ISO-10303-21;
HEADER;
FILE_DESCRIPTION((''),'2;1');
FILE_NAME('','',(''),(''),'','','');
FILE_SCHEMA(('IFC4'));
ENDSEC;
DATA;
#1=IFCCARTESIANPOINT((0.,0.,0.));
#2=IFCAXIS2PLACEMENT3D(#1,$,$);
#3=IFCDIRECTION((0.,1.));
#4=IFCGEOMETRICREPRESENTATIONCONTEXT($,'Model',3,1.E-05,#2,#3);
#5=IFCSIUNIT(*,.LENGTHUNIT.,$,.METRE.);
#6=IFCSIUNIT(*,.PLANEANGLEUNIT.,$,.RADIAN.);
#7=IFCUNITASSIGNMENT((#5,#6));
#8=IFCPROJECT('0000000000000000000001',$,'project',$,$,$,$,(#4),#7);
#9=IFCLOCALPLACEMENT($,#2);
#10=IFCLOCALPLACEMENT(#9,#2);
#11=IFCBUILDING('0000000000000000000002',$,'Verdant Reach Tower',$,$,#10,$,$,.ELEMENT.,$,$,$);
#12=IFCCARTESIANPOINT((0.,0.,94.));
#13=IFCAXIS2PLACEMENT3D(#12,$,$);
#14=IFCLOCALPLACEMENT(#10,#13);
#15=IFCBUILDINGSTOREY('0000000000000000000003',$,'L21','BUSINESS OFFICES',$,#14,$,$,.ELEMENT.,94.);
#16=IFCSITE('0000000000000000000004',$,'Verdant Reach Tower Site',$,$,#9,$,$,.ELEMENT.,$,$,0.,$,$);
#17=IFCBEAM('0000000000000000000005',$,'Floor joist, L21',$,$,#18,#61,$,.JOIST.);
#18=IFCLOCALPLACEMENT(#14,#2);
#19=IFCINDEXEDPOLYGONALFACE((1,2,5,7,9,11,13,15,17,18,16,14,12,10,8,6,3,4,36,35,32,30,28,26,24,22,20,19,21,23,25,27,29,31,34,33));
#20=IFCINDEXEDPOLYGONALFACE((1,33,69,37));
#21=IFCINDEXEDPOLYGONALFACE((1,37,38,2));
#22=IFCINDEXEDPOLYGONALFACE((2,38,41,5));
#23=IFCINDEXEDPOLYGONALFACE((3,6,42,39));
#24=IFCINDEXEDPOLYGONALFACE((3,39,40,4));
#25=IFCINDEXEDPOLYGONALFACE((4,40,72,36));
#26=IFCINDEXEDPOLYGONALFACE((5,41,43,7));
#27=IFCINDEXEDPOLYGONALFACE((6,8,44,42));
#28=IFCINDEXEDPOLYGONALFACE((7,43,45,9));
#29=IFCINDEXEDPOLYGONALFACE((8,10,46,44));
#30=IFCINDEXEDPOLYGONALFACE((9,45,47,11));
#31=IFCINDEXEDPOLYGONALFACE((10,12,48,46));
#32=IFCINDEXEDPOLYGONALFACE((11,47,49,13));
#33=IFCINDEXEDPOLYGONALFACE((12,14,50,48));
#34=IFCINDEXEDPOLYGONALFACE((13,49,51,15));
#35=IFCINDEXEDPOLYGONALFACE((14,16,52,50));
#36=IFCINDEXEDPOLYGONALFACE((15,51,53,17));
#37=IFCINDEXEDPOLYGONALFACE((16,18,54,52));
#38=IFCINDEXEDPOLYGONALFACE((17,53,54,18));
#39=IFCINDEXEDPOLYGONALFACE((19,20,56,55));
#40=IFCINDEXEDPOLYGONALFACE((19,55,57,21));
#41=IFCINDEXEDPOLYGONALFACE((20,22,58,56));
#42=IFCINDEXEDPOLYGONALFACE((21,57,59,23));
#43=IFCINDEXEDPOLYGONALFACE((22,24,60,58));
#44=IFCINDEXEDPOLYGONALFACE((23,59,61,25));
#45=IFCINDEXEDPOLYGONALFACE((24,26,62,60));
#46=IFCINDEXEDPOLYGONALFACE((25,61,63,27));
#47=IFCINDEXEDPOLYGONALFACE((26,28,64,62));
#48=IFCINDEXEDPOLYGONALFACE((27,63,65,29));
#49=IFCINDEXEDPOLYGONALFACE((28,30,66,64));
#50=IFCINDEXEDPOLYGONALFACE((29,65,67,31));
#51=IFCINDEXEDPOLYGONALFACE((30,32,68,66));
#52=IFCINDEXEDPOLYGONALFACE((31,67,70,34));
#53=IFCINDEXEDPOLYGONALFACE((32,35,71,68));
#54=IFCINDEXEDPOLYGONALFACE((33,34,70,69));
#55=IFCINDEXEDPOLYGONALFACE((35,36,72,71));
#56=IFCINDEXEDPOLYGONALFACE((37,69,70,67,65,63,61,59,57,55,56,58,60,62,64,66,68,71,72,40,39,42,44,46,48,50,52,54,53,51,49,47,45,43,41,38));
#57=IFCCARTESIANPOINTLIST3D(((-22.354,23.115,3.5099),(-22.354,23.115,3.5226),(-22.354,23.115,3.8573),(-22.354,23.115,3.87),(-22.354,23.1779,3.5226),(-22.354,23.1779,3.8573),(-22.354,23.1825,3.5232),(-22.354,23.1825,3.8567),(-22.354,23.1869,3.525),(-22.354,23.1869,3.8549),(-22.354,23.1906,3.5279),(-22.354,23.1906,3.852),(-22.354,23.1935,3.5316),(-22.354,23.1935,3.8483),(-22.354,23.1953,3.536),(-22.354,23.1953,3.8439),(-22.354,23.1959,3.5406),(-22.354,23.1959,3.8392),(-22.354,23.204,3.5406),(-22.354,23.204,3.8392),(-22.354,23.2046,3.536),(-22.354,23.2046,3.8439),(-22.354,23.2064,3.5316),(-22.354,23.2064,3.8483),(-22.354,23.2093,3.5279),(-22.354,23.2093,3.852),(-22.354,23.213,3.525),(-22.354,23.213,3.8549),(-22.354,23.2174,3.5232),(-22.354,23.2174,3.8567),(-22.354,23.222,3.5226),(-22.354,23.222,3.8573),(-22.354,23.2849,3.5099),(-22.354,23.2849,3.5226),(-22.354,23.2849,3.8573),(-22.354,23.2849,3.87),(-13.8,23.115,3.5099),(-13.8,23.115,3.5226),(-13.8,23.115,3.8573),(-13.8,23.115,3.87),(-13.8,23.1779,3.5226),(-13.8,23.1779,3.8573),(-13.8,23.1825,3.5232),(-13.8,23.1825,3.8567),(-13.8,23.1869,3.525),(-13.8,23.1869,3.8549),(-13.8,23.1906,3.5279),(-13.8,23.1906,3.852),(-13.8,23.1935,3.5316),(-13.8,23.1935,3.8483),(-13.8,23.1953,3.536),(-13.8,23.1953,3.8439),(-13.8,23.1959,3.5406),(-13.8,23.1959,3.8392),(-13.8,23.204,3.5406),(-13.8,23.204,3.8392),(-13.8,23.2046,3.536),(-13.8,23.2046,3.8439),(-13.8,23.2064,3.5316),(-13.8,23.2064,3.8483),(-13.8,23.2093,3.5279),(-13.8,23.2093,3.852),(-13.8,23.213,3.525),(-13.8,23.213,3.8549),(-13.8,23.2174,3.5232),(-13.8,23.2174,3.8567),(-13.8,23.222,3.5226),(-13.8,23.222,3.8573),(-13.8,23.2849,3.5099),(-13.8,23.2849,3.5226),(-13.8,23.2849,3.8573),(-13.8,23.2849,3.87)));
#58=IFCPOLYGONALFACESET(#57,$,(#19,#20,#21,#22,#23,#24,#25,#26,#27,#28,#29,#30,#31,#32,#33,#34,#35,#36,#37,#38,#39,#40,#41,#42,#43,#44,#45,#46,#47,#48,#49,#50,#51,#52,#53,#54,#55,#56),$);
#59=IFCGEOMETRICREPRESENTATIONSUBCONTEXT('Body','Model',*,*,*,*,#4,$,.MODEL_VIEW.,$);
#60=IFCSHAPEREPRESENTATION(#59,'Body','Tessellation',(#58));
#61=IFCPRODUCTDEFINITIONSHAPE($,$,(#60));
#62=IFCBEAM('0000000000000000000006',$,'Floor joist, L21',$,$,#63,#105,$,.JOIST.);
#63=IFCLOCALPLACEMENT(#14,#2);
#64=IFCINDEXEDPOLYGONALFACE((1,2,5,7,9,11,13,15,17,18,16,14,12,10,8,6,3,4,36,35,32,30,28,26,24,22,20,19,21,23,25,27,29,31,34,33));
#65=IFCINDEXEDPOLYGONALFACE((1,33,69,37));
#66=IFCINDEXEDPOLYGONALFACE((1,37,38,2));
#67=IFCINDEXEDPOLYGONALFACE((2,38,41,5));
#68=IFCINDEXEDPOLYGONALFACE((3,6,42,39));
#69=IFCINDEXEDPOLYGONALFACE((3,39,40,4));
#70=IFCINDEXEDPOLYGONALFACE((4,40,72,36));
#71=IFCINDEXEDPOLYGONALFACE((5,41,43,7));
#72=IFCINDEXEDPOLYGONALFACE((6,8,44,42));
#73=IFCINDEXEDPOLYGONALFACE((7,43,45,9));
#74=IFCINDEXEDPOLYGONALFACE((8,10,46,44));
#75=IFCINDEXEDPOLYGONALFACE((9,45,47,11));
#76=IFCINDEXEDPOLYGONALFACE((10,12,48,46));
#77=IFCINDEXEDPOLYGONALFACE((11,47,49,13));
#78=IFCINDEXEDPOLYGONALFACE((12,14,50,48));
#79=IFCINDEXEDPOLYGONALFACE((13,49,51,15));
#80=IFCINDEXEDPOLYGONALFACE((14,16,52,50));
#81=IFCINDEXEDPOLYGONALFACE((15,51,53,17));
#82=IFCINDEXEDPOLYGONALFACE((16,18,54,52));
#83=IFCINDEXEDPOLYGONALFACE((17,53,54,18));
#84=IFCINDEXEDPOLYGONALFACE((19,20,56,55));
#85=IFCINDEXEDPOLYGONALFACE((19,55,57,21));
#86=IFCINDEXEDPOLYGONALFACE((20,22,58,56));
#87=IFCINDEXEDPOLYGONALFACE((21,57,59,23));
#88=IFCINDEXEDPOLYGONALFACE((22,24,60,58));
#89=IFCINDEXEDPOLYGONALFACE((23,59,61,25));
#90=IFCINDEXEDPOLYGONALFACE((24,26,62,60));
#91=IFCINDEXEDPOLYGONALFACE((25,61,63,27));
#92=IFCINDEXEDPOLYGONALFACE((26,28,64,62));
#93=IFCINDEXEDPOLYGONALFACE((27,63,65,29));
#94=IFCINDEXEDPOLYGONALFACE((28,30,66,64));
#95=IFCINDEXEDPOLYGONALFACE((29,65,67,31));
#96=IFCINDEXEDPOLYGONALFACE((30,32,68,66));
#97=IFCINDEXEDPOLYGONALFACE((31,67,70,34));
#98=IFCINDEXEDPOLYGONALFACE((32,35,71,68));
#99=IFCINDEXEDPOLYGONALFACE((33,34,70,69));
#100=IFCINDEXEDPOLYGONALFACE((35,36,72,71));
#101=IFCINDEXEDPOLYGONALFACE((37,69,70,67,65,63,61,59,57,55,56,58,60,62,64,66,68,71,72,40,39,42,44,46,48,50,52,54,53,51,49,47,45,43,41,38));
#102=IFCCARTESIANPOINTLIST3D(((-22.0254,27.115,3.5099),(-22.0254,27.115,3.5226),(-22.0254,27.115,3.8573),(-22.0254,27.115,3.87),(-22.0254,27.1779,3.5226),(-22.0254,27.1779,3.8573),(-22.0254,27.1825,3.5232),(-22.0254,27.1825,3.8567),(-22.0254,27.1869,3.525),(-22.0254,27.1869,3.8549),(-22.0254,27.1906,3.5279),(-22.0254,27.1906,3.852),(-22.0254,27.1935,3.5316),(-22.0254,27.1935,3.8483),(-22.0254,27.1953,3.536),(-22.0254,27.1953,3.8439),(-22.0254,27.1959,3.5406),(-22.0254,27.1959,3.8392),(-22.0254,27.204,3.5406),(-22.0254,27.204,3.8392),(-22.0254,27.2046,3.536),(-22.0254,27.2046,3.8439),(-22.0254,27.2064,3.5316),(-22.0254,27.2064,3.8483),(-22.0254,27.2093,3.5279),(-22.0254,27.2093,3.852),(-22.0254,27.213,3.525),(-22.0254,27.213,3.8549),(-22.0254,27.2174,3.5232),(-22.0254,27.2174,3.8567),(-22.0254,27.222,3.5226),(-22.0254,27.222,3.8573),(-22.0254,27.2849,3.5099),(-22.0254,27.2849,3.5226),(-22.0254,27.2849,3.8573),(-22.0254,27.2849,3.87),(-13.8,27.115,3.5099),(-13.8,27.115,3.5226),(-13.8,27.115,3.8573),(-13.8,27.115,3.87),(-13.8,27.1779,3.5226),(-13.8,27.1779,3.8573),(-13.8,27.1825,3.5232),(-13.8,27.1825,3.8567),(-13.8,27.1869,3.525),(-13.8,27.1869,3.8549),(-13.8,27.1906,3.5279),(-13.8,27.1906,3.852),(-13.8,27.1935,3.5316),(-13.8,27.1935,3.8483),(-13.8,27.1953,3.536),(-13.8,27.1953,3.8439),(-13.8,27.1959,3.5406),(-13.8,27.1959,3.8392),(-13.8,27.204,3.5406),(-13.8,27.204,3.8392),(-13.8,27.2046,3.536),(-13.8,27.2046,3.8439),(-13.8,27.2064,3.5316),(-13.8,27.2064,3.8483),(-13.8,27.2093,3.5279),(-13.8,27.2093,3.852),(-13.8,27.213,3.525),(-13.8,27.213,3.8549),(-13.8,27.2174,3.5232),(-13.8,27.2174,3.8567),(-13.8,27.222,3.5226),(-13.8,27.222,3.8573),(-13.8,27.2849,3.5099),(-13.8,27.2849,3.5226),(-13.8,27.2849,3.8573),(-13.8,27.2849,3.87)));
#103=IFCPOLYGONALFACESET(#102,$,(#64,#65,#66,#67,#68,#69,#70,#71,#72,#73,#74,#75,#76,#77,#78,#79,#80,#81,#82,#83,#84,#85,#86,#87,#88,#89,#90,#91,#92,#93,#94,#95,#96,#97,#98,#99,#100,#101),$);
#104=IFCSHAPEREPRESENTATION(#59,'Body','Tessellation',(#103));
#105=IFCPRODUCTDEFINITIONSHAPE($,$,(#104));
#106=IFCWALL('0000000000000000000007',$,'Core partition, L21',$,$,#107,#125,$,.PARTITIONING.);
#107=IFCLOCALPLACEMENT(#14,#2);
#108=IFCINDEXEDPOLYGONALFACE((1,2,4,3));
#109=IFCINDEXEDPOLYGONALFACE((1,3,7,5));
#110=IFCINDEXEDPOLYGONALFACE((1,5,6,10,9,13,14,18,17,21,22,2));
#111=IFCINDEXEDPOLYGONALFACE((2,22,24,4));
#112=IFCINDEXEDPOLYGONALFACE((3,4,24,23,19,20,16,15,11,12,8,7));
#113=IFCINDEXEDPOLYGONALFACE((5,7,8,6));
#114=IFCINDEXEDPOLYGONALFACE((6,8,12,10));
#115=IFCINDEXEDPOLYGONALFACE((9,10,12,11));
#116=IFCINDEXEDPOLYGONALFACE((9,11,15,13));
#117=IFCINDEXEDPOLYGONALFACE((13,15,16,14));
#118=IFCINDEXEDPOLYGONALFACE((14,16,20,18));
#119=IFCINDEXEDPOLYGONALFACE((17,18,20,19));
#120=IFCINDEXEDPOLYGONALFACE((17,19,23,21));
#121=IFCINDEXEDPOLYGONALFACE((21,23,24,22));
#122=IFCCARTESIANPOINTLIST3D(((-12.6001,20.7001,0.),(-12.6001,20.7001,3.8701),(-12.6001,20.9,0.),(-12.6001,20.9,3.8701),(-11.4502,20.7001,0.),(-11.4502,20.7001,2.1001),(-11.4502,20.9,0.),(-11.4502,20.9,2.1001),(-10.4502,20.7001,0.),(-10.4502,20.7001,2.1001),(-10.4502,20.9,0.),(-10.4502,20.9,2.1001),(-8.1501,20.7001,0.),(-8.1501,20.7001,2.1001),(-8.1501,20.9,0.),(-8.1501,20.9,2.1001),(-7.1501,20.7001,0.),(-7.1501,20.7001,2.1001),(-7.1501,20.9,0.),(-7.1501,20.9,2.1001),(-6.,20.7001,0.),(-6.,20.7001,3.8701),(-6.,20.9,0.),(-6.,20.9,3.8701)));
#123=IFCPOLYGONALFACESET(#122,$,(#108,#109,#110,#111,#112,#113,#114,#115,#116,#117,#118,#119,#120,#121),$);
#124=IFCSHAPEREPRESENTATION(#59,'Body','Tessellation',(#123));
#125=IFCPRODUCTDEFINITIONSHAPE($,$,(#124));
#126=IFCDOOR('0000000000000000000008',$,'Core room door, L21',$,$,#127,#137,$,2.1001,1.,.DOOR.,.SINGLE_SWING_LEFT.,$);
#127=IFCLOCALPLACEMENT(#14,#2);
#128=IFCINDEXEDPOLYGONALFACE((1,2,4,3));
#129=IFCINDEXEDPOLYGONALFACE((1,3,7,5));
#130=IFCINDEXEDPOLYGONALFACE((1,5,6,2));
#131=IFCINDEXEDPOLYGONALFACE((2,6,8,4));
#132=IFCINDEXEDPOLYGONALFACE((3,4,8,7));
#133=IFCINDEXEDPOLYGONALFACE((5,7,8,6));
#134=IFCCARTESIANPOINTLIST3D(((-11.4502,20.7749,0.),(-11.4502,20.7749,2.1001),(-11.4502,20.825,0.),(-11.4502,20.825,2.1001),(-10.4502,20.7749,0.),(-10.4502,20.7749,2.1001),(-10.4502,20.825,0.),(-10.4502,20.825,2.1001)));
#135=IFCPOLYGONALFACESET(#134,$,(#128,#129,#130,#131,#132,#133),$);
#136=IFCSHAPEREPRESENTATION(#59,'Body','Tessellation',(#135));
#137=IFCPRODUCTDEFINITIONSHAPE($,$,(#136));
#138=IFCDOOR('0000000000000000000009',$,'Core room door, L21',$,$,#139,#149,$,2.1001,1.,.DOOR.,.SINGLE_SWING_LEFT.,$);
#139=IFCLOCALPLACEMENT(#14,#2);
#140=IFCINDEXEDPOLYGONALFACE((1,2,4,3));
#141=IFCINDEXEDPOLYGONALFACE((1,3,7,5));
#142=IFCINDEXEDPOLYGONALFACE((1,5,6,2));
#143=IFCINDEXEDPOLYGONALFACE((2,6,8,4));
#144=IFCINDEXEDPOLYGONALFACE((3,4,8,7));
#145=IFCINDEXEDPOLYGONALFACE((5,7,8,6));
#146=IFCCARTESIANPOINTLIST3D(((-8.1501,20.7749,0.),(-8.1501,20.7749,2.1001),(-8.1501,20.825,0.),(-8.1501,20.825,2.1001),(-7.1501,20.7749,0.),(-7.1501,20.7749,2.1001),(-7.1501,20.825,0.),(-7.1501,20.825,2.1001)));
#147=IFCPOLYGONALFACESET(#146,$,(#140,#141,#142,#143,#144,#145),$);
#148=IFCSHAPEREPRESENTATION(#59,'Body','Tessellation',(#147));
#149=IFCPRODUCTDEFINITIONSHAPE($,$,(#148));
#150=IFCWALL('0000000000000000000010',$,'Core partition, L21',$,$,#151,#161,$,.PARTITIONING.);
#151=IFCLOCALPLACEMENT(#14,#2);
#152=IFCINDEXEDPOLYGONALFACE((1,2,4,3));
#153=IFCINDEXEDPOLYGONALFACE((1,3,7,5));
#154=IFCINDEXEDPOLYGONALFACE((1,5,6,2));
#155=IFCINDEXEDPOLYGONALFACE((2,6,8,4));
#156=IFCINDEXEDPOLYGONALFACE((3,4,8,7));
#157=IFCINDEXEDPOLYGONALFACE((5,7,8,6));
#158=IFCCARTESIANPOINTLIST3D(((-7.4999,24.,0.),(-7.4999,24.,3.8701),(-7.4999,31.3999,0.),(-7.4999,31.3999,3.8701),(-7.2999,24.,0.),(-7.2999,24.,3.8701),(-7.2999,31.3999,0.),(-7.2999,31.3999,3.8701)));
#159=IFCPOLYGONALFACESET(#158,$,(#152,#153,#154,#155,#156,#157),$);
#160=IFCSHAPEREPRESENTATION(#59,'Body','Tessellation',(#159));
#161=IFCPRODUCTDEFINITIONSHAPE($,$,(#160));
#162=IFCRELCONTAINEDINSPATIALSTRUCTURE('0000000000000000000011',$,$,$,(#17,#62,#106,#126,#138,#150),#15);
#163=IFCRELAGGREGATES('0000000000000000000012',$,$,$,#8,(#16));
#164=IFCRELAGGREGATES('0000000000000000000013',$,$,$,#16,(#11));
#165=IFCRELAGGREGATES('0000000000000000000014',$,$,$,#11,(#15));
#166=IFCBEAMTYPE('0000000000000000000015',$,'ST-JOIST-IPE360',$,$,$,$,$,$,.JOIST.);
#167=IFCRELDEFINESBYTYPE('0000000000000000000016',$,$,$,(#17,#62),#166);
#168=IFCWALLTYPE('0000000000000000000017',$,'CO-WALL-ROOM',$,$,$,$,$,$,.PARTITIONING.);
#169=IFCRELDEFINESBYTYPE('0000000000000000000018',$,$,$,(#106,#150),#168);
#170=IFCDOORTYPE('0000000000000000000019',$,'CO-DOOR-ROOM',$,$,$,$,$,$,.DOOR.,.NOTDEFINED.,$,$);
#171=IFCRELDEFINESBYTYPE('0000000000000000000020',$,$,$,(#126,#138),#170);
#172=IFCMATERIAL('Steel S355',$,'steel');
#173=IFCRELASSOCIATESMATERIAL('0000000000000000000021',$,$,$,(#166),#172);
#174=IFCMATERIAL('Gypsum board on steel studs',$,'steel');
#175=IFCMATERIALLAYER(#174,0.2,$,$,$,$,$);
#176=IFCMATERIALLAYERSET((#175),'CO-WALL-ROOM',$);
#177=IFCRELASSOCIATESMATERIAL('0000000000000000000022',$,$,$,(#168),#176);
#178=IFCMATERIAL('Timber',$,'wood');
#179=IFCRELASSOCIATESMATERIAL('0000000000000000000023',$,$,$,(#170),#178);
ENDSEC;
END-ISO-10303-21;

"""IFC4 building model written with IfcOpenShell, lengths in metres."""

from ifc_helpers import new_model, si_unit, direction, frame, frame_2d, origin, origin_2d, place, context, subcontext, project, spatial, rectangle, i_section, extrude, material, layer, layer_set, material_profile, profile_set, type_object, element, fill, save


model = new_model("IFC4")

# Units and contexts
model_context = context("Model", 3, precision=1e-05, world=origin(), true_north=direction((0.0, 1.0)))
body_context = subcontext(model_context, "Body", "Model", "MODEL_VIEW")
ifc_project = project(units=[si_unit("LENGTHUNIT", "METRE"), si_unit("PLANEANGLEUNIT", "RADIAN")], contexts=[model_context])

# Site, building, storey
site_placement = place(None, origin())
site = spatial("IfcSite", under=ifc_project, at=site_placement, Name="Verdant Reach Tower Site", CompositionType="ELEMENT", RefElevation=0.0)
building_placement = place(site_placement, origin())
building = spatial("IfcBuilding", under=site, at=building_placement, Name="Verdant Reach Tower", CompositionType="ELEMENT")
storey_placement = place(building_placement, frame((0.0, 0.0, 94.0)))
storey = spatial("IfcBuildingStorey", under=building, at=storey_placement, Name="L21", Description="BUSINESS OFFICES", CompositionType="ELEMENT", Elevation=94.0)

# Beams
ifc_material_1 = material(Name="Steel S355", Category="steel")
ifc_material_profile = material_profile(ifc_material_1, i_section(OverallWidth=0.1699, OverallDepth=0.3601, WebThickness=0.0081, FlangeThickness=0.0127, FilletRadius=0.0181, at=origin_2d()), Name="IPE 360")
ifc_profile_set = profile_set([ifc_material_profile], Name="Steel S355")
beam_type = type_object("IfcBeamType", Name="ST-JOIST-IPE360", PredefinedType="JOIST", material=ifc_profile_set)
beam_1_placement = place(storey_placement, frame((-13.8, 23.2, 3.6899), z_axis=(-1.0, 0.0, 0.0), x_axis=(0.0, -1.0, 0.0)))
element("IfcBeam", 1, at=beam_1_placement, inside=storey, type_object=beam_type, Name="Floor joist, L21", PredefinedType="JOIST", context=body_context, shape_type="SweptSolid", body=[
    extrude(i_section(OverallWidth=0.1699, OverallDepth=0.3601, WebThickness=0.0081, FlangeThickness=0.0127, FilletRadius=0.0181, at=origin_2d()), origin(), (0.0, 0.0, 1.0), 8.554),
])
beam_2_placement = place(storey_placement, frame((-13.8, 27.2, 3.6899), z_axis=(-1.0, 0.0, 0.0), x_axis=(0.0, -1.0, 0.0)))
element("IfcBeam", 2, at=beam_2_placement, inside=storey, type_object=beam_type, Name="Floor joist, L21", PredefinedType="JOIST", context=body_context, shape_type="SweptSolid", body=[
    extrude(i_section(OverallWidth=0.1699, OverallDepth=0.3601, WebThickness=0.0081, FlangeThickness=0.0127, FilletRadius=0.0181, at=origin_2d()), origin(), (0.0, 0.0, 1.0), 8.2253),
])

# Wall, openings, doors
ifc_material_2 = material(Name="Gypsum board on steel studs", Category="steel")
ifc_layer_1 = layer(ifc_material_2, 0.2)
ifc_layer_set_1 = layer_set([ifc_layer_1], Name="CO-WALL-ROOM")
wall_type_1 = type_object("IfcWallType", Name="CO-WALL-ROOM", PredefinedType="PARTITIONING", material=ifc_layer_set_1)
wall_1_placement = place(storey_placement, frame((-12.6001, 20.8, 0.0), z_axis=(0.0, 0.0, 1.0), x_axis=(1.0, 0.0, 0.0)))
wall_1 = element("IfcWall", 3, at=wall_1_placement, inside=storey, type_object=wall_type_1, Name="Core partition, L21", PredefinedType="PARTITIONING", context=body_context, shape_type="SweptSolid", body=[
    extrude(rectangle(XDim=6.6001, YDim=0.2, at=frame_2d((3.3, 0.0))), origin(), (0.0, 0.0, 1.0), 3.8701),
])
opening_1_placement = place(wall_1_placement, frame((1.1499, 0.0, 0.0)))
opening_1 = element("IfcOpeningElement", 4, at=opening_1_placement, cuts=wall_1, PredefinedType="OPENING", context=body_context, shape_type="SweptSolid", body=[
    extrude(rectangle(XDim=1.0, YDim=2.1001, at=frame_2d((0.5, 1.05))), frame((0.0, 0.1099, 0.0), z_axis=(0.0, -1.0, 0.0), x_axis=(1.0, 0.0, 0.0)), (0.0, 0.0, 1.0), 0.22),
])
opening_2_placement = place(wall_1_placement, frame((4.45, 0.0, 0.0)))
opening_2 = element("IfcOpeningElement", 5, at=opening_2_placement, cuts=wall_1, PredefinedType="OPENING", context=body_context, shape_type="SweptSolid", body=[
    extrude(rectangle(XDim=1.0, YDim=2.1001, at=frame_2d((0.5, 1.05))), frame((0.0, 0.1099, 0.0), z_axis=(0.0, -1.0, 0.0), x_axis=(1.0, 0.0, 0.0)), (0.0, 0.0, 1.0), 0.22),
])
ifc_material_3 = material(Name="Timber", Category="wood")
door_type_1 = type_object("IfcDoorType", Name="CO-DOOR-ROOM", OperationType="NOTDEFINED", PredefinedType="DOOR", material=ifc_material_3)
door_1_placement = place(opening_1_placement, origin())
door_1 = element("IfcDoor", 6, at=door_1_placement, inside=storey, type_object=door_type_1, Name="Core room door, L21", OperationType="SINGLE_SWING_LEFT", OverallHeight=2.1001, OverallWidth=1.0, PredefinedType="DOOR", context=body_context, shape_type="SweptSolid", body=[
    extrude(rectangle(XDim=1.0, YDim=2.1001, at=frame_2d((0.5, 1.05))), frame((0.0, 0.0249, 0.0), z_axis=(0.0, -1.0, 0.0), x_axis=(1.0, 0.0, 0.0)), (0.0, 0.0, 1.0), 0.05),
])
fill(opening_1, door_1)
door_2_placement = place(opening_2_placement, origin())
door_2 = element("IfcDoor", 7, at=door_2_placement, inside=storey, type_object=door_type_1, Name="Core room door, L21", OperationType="SINGLE_SWING_LEFT", OverallHeight=2.1001, OverallWidth=1.0, PredefinedType="DOOR", context=body_context, shape_type="SweptSolid", body=[
    extrude(rectangle(XDim=1.0, YDim=2.1001, at=frame_2d((0.5, 1.05))), frame((0.0, 0.0249, 0.0), z_axis=(0.0, -1.0, 0.0), x_axis=(1.0, 0.0, 0.0)), (0.0, 0.0, 1.0), 0.05),
])
fill(opening_2, door_2)

# Wall
wall_2_placement = place(storey_placement, frame((-7.3999, 24.0, 0.0), z_axis=(0.0, 0.0, 1.0), x_axis=(0.0, 1.0, 0.0)))
element("IfcWall", 8, at=wall_2_placement, inside=storey, type_object=wall_type_1, Name="Core partition, L21", PredefinedType="PARTITIONING", context=body_context, shape_type="SweptSolid", body=[
    extrude(rectangle(XDim=7.3999, YDim=0.2, at=frame_2d((3.7, 0.0))), origin(), (0.0, 0.0, 1.0), 3.8701),
])

save(model, "model.ifc")
